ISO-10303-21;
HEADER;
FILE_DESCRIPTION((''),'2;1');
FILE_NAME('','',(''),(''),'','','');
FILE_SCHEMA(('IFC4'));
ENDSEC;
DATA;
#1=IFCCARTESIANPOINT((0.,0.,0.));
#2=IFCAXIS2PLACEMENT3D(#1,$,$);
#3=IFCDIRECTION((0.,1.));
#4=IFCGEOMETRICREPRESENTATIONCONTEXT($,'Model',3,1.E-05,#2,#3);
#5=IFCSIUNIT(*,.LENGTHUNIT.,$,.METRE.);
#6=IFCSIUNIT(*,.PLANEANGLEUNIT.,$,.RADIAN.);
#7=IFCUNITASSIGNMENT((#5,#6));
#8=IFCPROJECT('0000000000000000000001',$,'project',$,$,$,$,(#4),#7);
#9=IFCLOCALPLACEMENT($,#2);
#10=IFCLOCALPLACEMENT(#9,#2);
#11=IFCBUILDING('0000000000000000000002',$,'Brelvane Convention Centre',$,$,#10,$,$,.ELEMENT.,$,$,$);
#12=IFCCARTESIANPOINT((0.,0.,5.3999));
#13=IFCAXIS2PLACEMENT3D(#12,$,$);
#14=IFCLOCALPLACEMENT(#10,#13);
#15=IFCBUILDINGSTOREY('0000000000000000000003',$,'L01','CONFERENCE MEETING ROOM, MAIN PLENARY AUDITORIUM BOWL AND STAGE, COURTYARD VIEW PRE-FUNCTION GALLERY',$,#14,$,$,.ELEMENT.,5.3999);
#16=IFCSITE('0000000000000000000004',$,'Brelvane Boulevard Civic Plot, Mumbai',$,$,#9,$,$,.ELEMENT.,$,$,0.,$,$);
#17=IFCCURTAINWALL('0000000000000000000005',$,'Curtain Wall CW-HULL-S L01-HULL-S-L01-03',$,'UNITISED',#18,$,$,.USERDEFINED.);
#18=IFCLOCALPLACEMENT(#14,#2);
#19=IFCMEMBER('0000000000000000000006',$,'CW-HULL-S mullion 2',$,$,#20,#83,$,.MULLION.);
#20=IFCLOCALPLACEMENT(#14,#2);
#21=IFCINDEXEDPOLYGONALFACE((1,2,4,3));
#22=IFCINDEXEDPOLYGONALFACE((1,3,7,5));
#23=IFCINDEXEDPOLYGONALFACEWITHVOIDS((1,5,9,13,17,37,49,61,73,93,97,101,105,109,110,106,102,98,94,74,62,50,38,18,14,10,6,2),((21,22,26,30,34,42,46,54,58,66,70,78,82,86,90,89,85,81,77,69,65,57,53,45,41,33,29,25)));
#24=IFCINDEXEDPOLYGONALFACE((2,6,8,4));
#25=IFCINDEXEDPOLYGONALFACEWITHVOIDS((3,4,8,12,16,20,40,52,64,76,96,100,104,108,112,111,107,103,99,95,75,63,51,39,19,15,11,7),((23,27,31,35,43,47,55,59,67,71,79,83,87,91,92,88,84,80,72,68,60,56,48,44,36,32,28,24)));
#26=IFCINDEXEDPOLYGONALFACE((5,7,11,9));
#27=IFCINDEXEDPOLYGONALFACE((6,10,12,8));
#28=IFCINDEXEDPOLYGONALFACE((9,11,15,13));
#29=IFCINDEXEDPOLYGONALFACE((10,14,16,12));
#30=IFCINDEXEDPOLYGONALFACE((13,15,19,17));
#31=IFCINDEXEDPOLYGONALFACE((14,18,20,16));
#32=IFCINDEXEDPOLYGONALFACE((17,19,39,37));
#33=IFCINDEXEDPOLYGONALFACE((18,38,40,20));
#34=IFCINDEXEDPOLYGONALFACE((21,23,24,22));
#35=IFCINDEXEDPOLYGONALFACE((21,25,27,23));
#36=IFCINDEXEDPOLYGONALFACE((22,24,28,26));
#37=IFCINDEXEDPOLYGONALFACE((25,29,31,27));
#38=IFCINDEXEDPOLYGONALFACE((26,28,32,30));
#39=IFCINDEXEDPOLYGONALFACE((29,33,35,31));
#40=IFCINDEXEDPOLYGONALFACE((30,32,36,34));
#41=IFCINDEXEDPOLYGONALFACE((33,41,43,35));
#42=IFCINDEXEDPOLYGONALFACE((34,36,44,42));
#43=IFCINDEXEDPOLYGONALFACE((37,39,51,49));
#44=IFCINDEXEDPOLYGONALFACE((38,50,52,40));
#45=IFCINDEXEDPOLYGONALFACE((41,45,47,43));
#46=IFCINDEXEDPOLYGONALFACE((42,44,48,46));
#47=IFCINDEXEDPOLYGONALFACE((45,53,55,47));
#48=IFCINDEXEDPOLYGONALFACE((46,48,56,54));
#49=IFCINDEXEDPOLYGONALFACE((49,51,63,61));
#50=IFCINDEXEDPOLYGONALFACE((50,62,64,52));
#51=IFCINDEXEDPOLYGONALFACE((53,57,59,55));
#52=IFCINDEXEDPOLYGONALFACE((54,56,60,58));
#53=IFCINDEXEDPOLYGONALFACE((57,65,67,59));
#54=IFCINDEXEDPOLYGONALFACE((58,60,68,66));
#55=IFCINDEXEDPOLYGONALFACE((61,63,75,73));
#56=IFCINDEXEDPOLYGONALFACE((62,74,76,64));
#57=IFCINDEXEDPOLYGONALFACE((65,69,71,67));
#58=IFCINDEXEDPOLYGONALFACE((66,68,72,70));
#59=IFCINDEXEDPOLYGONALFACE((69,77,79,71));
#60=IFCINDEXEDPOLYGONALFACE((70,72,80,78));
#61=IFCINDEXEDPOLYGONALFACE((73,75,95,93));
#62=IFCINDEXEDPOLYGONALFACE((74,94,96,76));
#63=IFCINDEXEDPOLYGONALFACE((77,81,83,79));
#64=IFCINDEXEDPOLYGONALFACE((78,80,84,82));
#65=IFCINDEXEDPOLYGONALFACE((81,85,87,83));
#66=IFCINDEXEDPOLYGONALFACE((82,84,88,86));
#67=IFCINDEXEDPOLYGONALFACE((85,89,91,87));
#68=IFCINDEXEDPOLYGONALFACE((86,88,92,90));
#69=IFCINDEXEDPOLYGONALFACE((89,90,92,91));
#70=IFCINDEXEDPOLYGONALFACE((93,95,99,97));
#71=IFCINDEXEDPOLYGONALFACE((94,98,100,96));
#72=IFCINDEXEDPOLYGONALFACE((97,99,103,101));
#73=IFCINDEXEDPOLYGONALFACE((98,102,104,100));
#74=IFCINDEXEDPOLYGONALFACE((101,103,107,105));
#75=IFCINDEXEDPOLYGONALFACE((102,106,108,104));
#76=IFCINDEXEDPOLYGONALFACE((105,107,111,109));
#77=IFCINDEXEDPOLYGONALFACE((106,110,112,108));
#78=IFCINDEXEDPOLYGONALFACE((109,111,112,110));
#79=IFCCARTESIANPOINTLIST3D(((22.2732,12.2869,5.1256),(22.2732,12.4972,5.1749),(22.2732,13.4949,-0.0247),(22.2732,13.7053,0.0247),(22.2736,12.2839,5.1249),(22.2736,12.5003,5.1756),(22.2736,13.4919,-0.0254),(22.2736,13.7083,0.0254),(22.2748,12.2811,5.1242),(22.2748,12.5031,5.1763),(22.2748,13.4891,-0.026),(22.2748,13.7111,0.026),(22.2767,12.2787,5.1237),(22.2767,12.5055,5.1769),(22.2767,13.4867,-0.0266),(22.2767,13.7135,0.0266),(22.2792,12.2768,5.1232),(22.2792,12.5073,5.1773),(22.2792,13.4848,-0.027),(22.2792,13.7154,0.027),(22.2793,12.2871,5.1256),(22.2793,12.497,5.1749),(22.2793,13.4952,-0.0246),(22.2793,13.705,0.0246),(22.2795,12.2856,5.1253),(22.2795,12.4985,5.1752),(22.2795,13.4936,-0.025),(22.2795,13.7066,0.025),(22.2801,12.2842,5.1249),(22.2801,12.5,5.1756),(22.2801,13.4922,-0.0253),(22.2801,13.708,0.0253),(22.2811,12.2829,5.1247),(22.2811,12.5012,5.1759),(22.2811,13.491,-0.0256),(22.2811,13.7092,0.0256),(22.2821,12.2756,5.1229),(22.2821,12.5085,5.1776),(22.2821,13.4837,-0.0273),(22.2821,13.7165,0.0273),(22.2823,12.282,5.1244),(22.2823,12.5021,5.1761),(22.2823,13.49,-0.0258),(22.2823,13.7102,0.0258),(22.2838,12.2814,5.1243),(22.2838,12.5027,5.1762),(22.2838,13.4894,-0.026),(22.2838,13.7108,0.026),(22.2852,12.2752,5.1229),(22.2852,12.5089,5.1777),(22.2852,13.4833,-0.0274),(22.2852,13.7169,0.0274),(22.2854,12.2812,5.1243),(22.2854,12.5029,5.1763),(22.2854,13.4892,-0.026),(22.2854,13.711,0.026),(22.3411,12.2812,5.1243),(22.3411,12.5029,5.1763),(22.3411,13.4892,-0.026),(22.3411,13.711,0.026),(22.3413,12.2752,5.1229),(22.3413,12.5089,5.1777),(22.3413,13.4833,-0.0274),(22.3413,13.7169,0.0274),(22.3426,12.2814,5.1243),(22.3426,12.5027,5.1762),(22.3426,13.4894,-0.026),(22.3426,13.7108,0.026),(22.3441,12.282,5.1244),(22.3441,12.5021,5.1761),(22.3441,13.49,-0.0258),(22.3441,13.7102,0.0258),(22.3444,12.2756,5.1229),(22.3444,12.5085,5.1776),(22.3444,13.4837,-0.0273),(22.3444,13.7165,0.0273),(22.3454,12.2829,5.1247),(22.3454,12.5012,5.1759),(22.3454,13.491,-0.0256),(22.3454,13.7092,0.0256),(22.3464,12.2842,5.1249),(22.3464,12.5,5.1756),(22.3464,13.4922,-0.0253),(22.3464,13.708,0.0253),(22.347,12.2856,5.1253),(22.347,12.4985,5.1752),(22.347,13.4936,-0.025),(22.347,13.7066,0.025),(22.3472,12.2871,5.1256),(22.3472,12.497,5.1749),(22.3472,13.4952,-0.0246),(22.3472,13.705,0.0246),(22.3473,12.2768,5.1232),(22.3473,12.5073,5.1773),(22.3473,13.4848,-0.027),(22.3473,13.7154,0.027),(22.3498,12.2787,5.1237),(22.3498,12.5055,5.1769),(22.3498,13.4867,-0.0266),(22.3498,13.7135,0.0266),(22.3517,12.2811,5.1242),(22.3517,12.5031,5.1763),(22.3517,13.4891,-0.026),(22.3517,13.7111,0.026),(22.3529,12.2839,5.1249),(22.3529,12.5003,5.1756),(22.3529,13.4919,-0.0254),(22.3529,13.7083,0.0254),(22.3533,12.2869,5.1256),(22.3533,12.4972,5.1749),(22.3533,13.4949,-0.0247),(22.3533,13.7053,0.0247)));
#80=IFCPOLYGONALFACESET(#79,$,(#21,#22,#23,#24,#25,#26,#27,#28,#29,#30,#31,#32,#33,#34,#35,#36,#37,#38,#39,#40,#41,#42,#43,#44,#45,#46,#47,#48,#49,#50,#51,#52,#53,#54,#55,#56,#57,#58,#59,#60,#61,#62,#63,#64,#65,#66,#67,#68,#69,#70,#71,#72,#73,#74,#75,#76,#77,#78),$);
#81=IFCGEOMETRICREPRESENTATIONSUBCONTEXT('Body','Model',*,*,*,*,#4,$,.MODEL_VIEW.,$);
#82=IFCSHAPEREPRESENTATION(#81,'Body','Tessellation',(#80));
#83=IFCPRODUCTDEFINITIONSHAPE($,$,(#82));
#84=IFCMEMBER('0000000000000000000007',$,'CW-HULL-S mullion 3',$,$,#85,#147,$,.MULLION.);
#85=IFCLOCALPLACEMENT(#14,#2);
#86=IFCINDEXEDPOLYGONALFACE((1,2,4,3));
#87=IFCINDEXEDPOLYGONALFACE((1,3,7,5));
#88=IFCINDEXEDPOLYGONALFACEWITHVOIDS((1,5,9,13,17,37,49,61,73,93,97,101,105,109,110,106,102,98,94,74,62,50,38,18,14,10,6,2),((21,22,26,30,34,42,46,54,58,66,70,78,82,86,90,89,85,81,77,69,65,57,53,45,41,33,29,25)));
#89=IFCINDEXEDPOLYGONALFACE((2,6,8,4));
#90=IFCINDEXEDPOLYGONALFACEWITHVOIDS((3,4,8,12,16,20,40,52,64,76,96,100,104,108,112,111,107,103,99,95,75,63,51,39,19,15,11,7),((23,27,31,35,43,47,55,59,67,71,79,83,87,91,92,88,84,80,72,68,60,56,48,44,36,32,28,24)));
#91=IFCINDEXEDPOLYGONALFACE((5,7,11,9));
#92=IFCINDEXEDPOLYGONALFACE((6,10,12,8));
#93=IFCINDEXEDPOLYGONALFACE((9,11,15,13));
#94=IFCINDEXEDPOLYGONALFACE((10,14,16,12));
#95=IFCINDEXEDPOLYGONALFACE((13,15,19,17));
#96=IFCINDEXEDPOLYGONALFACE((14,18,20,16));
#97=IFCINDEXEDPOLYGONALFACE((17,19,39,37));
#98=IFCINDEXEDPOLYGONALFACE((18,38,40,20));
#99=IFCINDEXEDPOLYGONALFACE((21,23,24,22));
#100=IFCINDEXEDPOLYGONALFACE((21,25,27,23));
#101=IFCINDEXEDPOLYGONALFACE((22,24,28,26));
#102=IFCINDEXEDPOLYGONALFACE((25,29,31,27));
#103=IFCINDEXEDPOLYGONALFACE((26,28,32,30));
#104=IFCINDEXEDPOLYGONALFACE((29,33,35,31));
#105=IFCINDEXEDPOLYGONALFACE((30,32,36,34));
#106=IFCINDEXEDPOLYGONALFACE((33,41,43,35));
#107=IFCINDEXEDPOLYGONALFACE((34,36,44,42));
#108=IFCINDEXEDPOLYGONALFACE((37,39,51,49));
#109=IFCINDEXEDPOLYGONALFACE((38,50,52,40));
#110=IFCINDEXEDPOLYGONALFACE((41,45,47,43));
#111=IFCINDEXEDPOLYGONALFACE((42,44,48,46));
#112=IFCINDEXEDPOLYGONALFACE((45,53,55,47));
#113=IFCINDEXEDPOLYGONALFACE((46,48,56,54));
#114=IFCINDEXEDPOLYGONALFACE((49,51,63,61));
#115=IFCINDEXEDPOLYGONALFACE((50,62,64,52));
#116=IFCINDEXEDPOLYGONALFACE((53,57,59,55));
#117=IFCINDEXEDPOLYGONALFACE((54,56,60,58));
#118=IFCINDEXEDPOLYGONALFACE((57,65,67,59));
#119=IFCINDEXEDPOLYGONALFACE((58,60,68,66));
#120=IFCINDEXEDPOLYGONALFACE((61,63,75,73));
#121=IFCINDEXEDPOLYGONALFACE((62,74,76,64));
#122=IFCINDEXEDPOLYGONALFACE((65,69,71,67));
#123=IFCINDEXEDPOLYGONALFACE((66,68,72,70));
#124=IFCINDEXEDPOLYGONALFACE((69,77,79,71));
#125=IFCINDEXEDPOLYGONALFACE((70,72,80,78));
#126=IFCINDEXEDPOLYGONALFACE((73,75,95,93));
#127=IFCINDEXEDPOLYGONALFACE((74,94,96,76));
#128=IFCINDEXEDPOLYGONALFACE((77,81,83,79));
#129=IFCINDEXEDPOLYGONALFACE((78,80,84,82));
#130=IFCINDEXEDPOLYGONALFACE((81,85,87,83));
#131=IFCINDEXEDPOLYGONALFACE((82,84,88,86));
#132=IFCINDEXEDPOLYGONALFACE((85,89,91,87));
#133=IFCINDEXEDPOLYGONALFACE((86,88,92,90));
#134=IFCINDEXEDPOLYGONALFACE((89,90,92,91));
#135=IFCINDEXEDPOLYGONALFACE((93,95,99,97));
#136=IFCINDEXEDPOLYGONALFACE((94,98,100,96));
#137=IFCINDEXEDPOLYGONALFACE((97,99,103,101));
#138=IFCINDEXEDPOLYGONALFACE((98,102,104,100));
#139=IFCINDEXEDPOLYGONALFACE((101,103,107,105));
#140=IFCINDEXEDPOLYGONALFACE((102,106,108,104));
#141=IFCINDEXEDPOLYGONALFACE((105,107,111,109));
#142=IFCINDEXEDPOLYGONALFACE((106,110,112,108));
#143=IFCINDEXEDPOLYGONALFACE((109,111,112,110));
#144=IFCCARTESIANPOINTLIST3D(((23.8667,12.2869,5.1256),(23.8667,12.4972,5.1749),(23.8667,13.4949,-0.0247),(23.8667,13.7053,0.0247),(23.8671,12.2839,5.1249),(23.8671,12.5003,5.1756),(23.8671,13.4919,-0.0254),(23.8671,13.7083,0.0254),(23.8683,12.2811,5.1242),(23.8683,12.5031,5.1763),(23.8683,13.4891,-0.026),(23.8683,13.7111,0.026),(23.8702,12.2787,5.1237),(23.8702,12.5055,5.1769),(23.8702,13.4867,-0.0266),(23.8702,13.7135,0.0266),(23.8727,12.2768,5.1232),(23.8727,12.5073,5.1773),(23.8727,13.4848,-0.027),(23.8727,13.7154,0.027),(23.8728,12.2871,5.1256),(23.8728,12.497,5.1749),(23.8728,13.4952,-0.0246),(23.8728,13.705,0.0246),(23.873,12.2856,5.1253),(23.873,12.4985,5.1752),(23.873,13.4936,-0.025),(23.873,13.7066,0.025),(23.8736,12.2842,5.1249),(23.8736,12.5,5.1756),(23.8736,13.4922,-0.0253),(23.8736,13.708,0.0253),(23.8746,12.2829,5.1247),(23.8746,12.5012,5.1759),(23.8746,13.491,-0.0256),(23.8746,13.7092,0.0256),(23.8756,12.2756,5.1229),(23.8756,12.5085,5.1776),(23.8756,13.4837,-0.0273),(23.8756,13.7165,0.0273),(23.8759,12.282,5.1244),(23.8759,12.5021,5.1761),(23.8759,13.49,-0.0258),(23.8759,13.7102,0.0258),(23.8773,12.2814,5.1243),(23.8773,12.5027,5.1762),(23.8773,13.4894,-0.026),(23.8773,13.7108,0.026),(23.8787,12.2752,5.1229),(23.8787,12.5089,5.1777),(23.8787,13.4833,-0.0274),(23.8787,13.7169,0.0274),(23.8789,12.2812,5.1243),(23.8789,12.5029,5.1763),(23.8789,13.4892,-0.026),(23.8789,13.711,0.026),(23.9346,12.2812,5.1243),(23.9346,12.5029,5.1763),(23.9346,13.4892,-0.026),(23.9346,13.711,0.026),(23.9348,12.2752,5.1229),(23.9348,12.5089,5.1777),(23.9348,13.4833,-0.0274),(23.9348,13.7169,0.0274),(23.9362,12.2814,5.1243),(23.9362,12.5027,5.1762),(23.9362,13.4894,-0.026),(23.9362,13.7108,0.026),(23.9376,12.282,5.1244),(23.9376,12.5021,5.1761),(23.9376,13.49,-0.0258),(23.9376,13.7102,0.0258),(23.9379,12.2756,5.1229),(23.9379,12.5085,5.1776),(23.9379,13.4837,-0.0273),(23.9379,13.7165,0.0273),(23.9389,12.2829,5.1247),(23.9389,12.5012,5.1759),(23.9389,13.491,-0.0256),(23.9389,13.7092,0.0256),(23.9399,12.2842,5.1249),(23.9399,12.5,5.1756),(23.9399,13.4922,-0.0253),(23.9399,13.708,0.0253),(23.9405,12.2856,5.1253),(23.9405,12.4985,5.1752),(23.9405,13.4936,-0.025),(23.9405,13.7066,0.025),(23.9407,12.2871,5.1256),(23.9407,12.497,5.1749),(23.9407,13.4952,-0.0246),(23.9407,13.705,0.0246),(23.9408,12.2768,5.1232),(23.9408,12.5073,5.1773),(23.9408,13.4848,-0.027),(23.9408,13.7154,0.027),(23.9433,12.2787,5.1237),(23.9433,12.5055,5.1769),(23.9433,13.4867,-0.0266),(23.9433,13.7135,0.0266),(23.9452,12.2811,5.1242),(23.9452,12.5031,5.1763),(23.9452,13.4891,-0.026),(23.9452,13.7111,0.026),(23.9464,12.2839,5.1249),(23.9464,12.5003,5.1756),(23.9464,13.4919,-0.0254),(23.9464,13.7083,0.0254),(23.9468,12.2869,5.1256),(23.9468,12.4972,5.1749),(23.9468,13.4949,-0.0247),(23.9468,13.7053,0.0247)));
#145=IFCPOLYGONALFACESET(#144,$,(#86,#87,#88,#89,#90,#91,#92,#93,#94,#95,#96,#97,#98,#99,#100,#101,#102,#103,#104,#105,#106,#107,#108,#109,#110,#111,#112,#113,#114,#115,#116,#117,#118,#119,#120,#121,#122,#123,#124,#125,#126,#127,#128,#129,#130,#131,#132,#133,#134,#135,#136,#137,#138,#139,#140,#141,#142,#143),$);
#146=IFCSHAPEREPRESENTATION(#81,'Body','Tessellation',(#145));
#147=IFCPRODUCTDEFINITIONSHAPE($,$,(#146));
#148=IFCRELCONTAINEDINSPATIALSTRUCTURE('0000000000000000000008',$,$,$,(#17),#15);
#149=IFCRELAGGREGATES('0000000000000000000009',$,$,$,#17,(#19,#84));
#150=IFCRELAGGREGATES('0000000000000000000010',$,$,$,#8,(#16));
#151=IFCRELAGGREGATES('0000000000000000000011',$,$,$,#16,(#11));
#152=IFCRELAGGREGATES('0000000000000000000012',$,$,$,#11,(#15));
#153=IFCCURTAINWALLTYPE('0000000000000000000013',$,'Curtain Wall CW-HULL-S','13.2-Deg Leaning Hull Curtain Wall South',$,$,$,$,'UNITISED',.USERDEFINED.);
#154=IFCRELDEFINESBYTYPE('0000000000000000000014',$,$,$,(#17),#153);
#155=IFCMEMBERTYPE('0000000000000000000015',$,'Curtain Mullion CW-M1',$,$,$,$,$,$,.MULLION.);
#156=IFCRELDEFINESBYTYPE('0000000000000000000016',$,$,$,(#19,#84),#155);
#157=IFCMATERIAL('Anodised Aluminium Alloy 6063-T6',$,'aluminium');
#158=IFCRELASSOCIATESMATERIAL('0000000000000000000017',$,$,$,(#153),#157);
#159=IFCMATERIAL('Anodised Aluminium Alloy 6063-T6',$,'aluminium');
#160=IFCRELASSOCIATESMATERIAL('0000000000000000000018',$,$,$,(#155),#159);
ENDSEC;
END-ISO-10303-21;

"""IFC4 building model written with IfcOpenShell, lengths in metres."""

from ifc_helpers import new_model, si_unit, direction, frame, origin, origin_2d, place, context, subcontext, project, spatial, hollow_rectangle, extrude, material, material_profile, profile_set, type_object, element, aggregate, save


model = new_model("IFC4")

# Units and contexts
model_context = context("Model", 3, precision=1e-05, world=origin(), true_north=direction((0.0, 1.0)))
body_context = subcontext(model_context, "Body", "Model", "MODEL_VIEW")
ifc_project = project(units=[si_unit("LENGTHUNIT", "METRE"), si_unit("PLANEANGLEUNIT", "RADIAN")], contexts=[model_context])

# Site, building, storey
site_placement = place(None, origin())
site = spatial("IfcSite", under=ifc_project, at=site_placement, Name="Brelvane Boulevard Civic Plot, Mumbai", CompositionType="ELEMENT", RefElevation=0.0)
building_placement = place(site_placement, origin())
building = spatial("IfcBuilding", under=site, at=building_placement, Name="Brelvane Convention Centre", CompositionType="ELEMENT")
storey_placement = place(building_placement, frame((0.0, 0.0, 5.3999)))
storey = spatial("IfcBuildingStorey", under=building, at=storey_placement, Name="L01", Description="CONFERENCE MEETING ROOM, MAIN PLENARY AUDITORIUM BOWL AND STAGE, COURTYARD VIEW PRE-FUNCTION GALLERY", CompositionType="ELEMENT", Elevation=5.3999)

# Curtain wall, members
ifc_material_1 = material(Name="Anodised Aluminium Alloy 6063-T6", Category="aluminium")
curtain_wall_type = type_object("IfcCurtainWallType", Name="Curtain Wall CW-HULL-S", Description="13.2-Deg Leaning Hull Curtain Wall South", ElementType="UNITISED", PredefinedType="USERDEFINED", material=ifc_material_1)
ifc_material_2 = material(Name="Anodised Aluminium Alloy 6063-T6", Category="aluminium")
ifc_material_profile_1 = material_profile(ifc_material_2, hollow_rectangle(XDim=0.0801, YDim=0.24, WallThickness=0.0061, InnerFilletRadius=0.0061, OuterFilletRadius=0.012, at=origin_2d()), Name="ALU-M 240x80x6.0")
ifc_profile_set_1 = profile_set([ifc_material_profile_1], Name="Anodised Aluminium Alloy 6063-T6")
member_type_1 = type_object("IfcMemberType", Name="Curtain Mullion CW-M1", PredefinedType="MULLION", material=ifc_profile_set_1)
curtain_wall_1_placement = place(storey_placement, origin())
curtain_wall_1 = element("IfcCurtainWall", 1, at=curtain_wall_1_placement, inside=storey, type_object=curtain_wall_type, Name="Curtain Wall CW-HULL-S L01-HULL-S-L01-03", ObjectType="UNITISED", PredefinedType="USERDEFINED")
member_1_placement = place(storey_placement, frame((22.3132, 13.6001, 0.0), z_axis=(0.0, -0.22836, 0.973577), x_axis=(1.0, 0.0, 0.0)))
member_1 = element("IfcMember", 2, at=member_1_placement, type_object=member_type_1, Name="CW-HULL-S mullion 2", PredefinedType="MULLION", context=body_context, shape_type="SweptSolid", body=[
    extrude(hollow_rectangle(XDim=0.0801, YDim=0.24, WallThickness=0.0061, InnerFilletRadius=0.0061, OuterFilletRadius=0.012, at=origin_2d()), origin(), (0.0, 0.0, 1.0), 5.29),
])
member_2_placement = place(storey_placement, frame((23.9067, 13.6001, 0.0), z_axis=(0.0, -0.22836, 0.973577), x_axis=(1.0, 0.0, 0.0)))
member_2 = element("IfcMember", 3, at=member_2_placement, type_object=member_type_1, Name="CW-HULL-S mullion 3", PredefinedType="MULLION", context=body_context, shape_type="SweptSolid", body=[
    extrude(hollow_rectangle(XDim=0.0801, YDim=0.24, WallThickness=0.0061, InnerFilletRadius=0.0061, OuterFilletRadius=0.012, at=origin_2d()), origin(), (0.0, 0.0, 1.0), 5.29),
])

aggregate(curtain_wall_1, [member_1, member_2])

save(model, "model.ifc")
